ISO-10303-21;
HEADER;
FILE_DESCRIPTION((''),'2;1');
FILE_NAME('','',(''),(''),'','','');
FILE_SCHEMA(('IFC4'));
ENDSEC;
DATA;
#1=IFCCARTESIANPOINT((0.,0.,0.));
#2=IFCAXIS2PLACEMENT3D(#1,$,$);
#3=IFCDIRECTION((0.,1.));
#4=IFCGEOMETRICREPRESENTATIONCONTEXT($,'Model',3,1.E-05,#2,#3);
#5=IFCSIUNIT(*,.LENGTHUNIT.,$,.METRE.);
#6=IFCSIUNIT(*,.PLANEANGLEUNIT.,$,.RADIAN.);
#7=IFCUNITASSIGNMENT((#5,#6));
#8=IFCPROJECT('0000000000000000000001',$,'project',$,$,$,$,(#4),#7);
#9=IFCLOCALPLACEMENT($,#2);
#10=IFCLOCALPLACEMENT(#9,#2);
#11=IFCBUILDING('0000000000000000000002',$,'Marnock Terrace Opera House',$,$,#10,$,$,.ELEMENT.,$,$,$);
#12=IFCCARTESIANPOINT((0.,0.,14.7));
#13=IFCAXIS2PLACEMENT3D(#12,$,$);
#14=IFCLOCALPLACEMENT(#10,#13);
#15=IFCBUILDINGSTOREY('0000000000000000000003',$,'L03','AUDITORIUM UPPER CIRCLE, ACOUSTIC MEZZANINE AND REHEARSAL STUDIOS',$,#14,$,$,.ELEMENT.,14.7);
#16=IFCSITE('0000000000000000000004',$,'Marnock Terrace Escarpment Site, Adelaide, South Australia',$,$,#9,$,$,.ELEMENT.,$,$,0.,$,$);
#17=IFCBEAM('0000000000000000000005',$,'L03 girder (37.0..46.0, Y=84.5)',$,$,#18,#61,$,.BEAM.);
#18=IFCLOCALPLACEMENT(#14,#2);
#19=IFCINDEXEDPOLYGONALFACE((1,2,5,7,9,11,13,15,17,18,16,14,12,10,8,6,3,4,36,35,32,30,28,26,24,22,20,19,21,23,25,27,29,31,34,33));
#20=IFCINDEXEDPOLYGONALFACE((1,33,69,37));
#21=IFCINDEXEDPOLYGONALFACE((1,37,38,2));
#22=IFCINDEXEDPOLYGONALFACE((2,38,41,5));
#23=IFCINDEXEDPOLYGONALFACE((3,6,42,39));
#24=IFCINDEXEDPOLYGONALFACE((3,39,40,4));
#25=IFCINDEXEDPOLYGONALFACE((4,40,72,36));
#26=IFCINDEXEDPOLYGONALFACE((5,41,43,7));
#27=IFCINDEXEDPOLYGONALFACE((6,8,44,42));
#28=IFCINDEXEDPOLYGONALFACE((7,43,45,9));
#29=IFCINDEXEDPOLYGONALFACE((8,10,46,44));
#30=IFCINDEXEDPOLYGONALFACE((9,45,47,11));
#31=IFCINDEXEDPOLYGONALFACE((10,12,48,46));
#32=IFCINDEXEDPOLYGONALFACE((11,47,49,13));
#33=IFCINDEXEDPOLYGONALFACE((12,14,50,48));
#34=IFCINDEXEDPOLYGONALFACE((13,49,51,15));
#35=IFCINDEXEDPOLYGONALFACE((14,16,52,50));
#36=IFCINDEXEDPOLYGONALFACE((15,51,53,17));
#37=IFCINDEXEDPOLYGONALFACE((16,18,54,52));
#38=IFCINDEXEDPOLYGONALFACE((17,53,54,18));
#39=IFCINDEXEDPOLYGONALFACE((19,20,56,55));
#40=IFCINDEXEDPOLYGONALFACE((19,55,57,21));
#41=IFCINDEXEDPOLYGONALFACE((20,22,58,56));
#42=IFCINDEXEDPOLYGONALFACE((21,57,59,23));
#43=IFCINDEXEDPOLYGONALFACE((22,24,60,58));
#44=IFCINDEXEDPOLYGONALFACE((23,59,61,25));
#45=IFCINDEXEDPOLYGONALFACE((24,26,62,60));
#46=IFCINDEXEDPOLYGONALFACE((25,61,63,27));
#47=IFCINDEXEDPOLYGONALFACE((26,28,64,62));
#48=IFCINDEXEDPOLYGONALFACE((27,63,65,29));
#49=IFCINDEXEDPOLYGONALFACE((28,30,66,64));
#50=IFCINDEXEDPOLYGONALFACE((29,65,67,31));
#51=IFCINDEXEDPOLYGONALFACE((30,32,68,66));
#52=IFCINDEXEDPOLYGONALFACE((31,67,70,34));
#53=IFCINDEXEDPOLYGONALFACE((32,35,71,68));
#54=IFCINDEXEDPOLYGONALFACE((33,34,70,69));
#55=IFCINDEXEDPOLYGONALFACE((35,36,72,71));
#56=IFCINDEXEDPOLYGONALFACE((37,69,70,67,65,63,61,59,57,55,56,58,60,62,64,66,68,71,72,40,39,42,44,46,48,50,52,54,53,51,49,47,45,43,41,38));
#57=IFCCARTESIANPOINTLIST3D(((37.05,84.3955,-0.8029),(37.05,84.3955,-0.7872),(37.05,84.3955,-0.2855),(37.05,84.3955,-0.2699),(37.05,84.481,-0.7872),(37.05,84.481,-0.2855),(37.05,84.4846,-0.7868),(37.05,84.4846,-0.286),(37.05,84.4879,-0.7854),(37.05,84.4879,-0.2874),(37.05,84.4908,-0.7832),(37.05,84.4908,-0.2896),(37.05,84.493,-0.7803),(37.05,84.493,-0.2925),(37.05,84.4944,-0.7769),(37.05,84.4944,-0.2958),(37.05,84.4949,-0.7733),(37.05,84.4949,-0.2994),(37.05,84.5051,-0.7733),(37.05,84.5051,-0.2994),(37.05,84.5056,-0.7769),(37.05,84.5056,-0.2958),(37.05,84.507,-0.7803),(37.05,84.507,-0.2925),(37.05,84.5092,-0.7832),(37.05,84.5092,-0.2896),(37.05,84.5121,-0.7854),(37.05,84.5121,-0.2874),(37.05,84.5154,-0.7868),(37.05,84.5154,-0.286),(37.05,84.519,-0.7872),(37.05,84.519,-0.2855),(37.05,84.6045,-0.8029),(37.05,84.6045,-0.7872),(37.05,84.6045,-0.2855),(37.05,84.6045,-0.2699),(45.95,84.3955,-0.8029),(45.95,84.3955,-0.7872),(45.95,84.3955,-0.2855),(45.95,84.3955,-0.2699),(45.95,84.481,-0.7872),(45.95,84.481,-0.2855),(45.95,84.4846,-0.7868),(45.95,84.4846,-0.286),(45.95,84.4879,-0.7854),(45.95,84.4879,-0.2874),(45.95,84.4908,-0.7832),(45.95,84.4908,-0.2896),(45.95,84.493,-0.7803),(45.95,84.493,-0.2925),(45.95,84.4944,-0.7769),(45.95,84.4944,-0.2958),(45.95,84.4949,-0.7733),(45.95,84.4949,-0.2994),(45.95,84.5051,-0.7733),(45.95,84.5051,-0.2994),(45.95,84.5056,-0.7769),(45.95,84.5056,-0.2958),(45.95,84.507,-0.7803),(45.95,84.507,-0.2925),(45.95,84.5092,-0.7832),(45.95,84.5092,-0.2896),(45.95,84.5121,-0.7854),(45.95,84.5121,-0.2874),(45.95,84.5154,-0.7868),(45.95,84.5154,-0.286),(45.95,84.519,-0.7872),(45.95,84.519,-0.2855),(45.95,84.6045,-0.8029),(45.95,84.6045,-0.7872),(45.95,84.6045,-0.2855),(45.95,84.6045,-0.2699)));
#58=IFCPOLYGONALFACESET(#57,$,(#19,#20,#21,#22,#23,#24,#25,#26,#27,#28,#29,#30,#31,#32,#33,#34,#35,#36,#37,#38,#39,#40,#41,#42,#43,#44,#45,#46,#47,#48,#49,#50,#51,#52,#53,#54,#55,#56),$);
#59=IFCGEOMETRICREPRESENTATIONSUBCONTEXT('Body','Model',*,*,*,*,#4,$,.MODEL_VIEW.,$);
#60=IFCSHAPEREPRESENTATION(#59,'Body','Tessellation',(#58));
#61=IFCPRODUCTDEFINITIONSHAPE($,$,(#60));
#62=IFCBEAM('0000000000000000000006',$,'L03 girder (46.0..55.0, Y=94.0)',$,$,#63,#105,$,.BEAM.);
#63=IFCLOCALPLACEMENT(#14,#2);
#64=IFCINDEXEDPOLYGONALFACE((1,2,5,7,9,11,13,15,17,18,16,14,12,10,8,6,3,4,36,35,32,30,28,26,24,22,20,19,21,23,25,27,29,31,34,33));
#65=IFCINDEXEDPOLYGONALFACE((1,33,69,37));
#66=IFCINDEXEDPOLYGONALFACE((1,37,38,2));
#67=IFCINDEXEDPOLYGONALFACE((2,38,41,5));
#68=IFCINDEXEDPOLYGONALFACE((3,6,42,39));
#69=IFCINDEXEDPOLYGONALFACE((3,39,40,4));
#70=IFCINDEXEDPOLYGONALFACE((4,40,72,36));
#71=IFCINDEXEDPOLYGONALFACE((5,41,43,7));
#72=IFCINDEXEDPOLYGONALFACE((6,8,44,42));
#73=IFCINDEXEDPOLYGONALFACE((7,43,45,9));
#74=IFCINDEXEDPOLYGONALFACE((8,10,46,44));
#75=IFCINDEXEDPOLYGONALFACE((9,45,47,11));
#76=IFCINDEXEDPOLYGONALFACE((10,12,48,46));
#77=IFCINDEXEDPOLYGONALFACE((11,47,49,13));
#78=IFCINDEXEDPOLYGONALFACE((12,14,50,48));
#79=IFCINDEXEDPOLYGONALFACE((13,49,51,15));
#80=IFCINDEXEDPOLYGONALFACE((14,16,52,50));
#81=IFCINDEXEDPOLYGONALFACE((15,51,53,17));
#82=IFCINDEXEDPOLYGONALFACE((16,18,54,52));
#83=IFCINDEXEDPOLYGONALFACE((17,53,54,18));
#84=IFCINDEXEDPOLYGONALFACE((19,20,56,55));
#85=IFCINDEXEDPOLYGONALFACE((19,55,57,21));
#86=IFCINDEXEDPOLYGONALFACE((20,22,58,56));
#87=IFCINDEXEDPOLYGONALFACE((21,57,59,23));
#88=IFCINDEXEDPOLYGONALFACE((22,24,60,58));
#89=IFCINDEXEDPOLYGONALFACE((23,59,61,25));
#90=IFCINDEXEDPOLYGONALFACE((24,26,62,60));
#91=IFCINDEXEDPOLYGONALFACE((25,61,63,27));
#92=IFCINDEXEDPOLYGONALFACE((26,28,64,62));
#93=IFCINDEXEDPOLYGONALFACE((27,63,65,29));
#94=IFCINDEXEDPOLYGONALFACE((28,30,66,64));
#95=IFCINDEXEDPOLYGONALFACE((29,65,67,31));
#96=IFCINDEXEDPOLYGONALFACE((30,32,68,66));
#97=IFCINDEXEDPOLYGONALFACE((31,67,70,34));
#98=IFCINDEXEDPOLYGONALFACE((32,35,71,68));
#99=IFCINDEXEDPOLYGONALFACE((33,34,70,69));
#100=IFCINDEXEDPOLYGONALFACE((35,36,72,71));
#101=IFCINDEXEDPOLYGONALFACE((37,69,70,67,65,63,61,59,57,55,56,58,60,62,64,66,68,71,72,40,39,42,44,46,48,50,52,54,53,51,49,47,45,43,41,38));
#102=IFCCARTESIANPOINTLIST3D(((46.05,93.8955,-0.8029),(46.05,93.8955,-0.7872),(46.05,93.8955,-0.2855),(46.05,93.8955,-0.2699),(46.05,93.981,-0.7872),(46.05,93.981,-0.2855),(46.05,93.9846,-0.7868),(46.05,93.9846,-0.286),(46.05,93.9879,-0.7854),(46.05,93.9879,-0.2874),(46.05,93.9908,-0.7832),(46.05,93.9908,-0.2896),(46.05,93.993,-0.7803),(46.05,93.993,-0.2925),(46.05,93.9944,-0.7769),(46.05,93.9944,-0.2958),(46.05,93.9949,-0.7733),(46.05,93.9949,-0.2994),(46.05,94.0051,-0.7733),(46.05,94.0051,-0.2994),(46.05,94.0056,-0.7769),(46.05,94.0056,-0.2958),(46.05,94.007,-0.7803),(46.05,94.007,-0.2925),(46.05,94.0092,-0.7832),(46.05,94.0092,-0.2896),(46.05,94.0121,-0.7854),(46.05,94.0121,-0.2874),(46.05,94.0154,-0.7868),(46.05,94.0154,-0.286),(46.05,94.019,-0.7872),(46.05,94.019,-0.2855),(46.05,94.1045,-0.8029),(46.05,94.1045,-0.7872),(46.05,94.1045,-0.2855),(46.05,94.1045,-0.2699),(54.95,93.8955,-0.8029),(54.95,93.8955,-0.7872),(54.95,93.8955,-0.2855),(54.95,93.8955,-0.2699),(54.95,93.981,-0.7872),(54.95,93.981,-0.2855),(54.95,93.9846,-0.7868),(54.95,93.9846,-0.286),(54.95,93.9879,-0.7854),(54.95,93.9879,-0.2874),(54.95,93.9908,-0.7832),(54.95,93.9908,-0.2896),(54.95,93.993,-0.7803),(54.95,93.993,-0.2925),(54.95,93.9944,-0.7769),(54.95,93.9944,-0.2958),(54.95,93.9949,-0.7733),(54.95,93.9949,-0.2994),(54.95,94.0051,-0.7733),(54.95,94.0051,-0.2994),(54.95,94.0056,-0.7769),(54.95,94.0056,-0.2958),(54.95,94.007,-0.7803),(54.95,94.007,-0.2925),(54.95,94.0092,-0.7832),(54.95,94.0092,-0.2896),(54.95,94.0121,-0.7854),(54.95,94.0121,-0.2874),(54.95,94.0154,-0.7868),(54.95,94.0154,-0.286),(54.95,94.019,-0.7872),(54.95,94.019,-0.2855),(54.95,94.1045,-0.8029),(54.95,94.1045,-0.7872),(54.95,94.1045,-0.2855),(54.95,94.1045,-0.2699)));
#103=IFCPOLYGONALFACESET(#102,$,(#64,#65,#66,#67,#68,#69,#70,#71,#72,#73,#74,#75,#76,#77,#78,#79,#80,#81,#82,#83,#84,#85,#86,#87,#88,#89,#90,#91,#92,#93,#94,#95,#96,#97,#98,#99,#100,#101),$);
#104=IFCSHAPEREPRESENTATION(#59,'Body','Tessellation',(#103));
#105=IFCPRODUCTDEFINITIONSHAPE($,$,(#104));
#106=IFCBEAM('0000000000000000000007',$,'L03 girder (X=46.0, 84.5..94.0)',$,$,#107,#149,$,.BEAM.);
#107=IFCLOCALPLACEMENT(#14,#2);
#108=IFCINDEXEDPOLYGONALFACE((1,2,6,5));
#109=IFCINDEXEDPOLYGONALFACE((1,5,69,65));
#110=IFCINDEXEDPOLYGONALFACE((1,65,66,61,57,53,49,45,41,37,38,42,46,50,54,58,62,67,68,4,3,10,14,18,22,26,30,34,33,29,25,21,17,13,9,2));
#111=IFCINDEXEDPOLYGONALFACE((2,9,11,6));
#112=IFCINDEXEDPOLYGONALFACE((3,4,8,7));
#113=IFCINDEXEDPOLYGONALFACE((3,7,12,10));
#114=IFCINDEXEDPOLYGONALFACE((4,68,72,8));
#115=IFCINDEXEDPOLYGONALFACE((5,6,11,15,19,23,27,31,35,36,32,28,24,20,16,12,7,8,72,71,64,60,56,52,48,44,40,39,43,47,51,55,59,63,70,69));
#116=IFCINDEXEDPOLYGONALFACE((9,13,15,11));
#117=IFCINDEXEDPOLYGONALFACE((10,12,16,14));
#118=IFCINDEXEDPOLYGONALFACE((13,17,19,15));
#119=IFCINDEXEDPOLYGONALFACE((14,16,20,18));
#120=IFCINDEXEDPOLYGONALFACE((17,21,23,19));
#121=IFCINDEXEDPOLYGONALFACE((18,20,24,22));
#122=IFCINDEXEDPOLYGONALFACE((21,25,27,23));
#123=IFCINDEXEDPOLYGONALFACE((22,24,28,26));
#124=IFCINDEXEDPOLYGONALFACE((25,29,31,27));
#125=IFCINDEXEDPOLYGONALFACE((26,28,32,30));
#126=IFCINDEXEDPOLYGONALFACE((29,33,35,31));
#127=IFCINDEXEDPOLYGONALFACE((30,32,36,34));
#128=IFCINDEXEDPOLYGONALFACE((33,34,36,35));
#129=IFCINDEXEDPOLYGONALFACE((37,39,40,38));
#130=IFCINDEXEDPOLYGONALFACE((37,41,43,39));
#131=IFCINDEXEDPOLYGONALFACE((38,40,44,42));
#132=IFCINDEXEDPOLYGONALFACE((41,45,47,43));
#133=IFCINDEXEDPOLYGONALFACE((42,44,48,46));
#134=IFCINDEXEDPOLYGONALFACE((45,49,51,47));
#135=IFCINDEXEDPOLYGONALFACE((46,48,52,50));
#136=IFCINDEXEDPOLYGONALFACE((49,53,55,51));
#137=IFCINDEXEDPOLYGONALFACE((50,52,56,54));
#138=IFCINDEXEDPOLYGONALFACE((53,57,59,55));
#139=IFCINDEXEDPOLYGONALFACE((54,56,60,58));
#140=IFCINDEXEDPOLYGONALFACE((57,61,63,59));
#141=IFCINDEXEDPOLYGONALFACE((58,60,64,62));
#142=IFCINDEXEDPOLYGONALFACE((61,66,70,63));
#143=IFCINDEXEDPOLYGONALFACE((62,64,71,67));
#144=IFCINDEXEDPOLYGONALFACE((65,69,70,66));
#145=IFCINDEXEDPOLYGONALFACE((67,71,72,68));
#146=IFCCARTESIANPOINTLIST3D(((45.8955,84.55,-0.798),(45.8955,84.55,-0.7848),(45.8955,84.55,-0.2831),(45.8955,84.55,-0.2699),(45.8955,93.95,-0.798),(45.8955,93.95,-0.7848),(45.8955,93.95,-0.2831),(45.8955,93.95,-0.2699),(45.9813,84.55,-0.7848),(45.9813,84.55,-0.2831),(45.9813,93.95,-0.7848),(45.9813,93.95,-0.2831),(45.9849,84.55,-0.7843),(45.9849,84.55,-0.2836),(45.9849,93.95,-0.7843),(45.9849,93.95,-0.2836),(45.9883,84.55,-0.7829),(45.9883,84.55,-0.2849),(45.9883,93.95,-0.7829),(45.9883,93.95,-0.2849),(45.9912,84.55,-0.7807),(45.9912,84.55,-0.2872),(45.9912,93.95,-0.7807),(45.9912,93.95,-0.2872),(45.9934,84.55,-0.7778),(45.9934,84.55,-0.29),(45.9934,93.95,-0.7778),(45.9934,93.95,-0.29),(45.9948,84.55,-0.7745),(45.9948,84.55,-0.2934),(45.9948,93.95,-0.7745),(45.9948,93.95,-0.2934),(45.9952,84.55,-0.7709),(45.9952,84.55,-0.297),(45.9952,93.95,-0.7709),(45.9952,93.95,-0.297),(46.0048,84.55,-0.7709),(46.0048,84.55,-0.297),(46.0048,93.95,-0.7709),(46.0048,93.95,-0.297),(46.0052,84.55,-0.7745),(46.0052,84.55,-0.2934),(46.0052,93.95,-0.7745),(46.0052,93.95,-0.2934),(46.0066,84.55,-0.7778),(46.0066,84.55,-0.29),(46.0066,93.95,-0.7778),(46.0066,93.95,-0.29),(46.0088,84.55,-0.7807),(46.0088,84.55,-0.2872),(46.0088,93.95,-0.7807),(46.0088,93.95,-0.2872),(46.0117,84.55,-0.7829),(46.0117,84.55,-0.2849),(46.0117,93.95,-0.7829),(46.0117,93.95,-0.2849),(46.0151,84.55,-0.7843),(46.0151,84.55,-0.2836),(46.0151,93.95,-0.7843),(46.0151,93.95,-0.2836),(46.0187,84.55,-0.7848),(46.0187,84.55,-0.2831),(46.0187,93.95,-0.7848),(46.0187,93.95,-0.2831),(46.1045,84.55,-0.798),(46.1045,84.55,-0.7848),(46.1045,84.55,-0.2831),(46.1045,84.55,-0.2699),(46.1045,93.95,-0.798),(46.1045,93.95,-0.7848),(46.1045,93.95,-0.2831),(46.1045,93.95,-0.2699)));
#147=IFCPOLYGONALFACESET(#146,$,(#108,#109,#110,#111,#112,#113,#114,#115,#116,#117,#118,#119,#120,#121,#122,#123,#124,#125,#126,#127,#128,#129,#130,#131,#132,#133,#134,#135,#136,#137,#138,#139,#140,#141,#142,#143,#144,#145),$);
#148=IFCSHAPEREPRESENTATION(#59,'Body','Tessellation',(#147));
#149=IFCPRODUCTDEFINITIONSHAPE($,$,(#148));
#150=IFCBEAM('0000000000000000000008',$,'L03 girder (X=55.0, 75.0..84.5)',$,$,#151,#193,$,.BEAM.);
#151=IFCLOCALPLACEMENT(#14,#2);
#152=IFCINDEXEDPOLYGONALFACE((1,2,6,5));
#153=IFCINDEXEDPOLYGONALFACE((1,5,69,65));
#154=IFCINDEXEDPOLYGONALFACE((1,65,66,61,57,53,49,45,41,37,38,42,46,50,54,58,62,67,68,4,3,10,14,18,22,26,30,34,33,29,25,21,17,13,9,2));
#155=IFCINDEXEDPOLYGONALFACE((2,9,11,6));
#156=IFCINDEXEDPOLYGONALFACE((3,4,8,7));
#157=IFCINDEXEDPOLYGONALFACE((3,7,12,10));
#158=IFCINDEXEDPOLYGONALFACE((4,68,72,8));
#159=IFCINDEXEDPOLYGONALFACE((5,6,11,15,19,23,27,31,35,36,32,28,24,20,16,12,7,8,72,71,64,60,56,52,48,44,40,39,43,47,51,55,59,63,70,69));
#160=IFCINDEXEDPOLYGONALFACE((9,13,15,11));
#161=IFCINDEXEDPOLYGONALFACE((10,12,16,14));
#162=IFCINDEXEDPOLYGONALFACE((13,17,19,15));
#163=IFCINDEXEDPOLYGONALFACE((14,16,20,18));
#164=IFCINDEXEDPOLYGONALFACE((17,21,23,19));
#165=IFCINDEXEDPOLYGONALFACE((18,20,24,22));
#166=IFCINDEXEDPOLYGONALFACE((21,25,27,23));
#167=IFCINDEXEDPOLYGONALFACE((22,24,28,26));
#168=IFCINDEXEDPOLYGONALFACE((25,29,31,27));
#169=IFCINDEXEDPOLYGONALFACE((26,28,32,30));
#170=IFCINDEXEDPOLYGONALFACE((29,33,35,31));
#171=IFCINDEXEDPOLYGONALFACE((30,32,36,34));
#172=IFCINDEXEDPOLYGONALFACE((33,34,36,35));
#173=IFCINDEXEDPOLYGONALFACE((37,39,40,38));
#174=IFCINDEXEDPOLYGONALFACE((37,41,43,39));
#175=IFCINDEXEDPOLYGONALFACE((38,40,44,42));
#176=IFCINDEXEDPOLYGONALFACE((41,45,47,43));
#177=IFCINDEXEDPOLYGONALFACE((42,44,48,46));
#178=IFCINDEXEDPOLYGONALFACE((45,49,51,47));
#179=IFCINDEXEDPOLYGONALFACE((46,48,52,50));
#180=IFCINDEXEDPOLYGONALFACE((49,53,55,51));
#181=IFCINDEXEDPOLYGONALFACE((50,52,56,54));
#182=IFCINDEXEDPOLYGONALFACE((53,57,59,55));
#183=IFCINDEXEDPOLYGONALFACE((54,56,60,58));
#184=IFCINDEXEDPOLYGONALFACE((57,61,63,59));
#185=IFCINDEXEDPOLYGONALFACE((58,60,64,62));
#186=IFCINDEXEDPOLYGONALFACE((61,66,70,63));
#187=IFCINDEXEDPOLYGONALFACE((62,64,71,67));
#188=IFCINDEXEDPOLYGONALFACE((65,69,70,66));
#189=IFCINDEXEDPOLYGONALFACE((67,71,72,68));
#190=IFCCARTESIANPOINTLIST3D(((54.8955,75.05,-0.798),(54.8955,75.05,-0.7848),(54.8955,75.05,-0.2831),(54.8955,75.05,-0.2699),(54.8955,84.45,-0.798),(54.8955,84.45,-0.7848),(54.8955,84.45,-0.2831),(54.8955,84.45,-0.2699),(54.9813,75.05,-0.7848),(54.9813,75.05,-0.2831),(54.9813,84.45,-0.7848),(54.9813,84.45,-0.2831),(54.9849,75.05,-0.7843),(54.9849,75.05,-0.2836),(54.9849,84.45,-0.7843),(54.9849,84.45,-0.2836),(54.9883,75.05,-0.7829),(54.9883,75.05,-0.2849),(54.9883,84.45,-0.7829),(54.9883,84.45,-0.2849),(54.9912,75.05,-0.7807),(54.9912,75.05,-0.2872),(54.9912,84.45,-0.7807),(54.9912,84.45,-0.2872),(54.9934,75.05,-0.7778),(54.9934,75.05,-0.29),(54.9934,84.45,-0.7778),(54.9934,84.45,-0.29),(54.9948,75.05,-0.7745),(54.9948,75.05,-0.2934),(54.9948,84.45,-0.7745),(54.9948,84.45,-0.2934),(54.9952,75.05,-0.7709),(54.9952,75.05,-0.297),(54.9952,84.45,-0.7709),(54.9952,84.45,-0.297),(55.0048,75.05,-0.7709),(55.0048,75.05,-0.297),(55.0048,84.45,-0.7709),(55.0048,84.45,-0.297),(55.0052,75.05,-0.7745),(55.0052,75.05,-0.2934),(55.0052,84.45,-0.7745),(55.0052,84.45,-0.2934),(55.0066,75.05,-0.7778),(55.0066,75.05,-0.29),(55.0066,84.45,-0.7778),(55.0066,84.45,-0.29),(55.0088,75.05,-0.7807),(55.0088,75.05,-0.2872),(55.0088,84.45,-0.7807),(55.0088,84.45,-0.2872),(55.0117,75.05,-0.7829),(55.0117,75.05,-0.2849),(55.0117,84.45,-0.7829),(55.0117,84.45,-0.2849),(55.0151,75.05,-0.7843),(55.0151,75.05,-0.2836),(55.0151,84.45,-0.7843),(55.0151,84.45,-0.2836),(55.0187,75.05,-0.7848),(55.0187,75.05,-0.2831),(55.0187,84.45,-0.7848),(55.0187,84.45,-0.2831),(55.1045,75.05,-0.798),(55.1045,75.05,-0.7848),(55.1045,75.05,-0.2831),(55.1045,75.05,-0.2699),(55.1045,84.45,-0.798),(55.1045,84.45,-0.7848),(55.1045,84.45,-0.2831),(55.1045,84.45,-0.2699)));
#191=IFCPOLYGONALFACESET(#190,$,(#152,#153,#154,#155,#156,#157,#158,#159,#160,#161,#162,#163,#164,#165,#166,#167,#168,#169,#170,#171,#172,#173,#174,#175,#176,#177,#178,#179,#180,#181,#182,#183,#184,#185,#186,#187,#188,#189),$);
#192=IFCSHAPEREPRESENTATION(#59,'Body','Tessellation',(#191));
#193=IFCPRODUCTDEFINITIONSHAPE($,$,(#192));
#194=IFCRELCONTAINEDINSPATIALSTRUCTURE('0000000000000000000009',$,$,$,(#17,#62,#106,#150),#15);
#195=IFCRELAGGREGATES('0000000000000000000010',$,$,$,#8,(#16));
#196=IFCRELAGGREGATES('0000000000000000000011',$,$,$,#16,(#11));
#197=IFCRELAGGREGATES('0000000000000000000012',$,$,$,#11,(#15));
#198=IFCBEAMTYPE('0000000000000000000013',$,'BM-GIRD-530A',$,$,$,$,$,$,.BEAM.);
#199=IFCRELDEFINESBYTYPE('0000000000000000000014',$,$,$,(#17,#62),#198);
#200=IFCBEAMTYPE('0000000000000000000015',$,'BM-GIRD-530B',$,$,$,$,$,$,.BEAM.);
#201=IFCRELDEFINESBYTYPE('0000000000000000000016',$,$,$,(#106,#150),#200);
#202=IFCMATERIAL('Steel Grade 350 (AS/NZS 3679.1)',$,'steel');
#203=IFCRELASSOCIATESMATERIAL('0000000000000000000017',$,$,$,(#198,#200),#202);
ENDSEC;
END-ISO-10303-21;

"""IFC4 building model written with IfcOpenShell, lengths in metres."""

from ifc_helpers import new_model, si_unit, direction, frame, origin, origin_2d, place, context, subcontext, project, spatial, i_section, extrude, material, material_profile, profile_set, type_object, element, save


model = new_model("IFC4")

# Units and contexts
model_context = context("Model", 3, precision=1e-05, world=origin(), true_north=direction((0.0, 1.0)))
body_context = subcontext(model_context, "Body", "Model", "MODEL_VIEW")
ifc_project = project(units=[si_unit("LENGTHUNIT", "METRE"), si_unit("PLANEANGLEUNIT", "RADIAN")], contexts=[model_context])

# Site, building, storey
site_placement = place(None, origin())
site = spatial("IfcSite", under=ifc_project, at=site_placement, Name="Marnock Terrace Escarpment Site, Adelaide, South Australia", CompositionType="ELEMENT", RefElevation=0.0)
building_placement = place(site_placement, origin())
building = spatial("IfcBuilding", under=site, at=building_placement, Name="Marnock Terrace Opera House", CompositionType="ELEMENT")
storey_placement = place(building_placement, frame((0.0, 0.0, 14.7)))
storey = spatial("IfcBuildingStorey", under=building, at=storey_placement, Name="L03", Description="AUDITORIUM UPPER CIRCLE, ACOUSTIC MEZZANINE AND REHEARSAL STUDIOS", CompositionType="ELEMENT", Elevation=14.7)

# Beams
ifc_material_1 = material(Name="Steel Grade 350 (AS/NZS 3679.1)", Category="steel")
ifc_material_profile_1 = material_profile(ifc_material_1, i_section(OverallWidth=0.209, OverallDepth=0.533, WebThickness=0.0103, FlangeThickness=0.0156, FilletRadius=0.0139, at=origin_2d()))
ifc_profile_set_1 = profile_set([ifc_material_profile_1], Name="Steel Grade 350 (AS/NZS 3679.1)")
beam_type_1 = type_object("IfcBeamType", Name="BM-GIRD-530A", PredefinedType="BEAM", material=ifc_profile_set_1)
for number, where, z_axis, x_axis, name in (
    (1, (37.05, 84.5, -0.5364), (1.0, 0.0, 0.0), (0.0, 1.0, 0.0), "L03 girder (37.0..46.0, Y=84.5)"),
    (2, (46.05, 94.0, -0.5364), (1.0, 0.0, 0.0), (0.0, 1.0, 0.0), "L03 girder (46.0..55.0, Y=94.0)"),
):
    element("IfcBeam", number, at=place(storey_placement, frame(where, z_axis=z_axis, x_axis=x_axis)), inside=storey, type_object=beam_type_1, Name=name, PredefinedType="BEAM", context=body_context, shape_type="SweptSolid", body=[
        extrude(i_section(OverallWidth=0.209, OverallDepth=0.533, WebThickness=0.0103, FlangeThickness=0.0156, FilletRadius=0.0139, at=origin_2d()), origin(), (0.0, 0.0, 1.0), 8.8999),
    ])
ifc_material_profile_2 = material_profile(ifc_material_1, i_section(OverallWidth=0.209, OverallDepth=0.5281, WebThickness=0.0095, FlangeThickness=0.0132, FilletRadius=0.0139, at=origin_2d()))
ifc_profile_set_2 = profile_set([ifc_material_profile_2], Name="Steel Grade 350 (AS/NZS 3679.1)")
beam_type_2 = type_object("IfcBeamType", Name="BM-GIRD-530B", PredefinedType="BEAM", material=ifc_profile_set_2)
for number, where, z_axis, x_axis, name in (
    (3, (46.0, 84.55, -0.5339), (0.0, 1.0, 0.0), (-1.0, 0.0, 0.0), "L03 girder (X=46.0, 84.5..94.0)"),
    (4, (55.0, 75.05, -0.5339), (0.0, 1.0, 0.0), (-1.0, 0.0, 0.0), "L03 girder (X=55.0, 75.0..84.5)"),
):
    element("IfcBeam", number, at=place(storey_placement, frame(where, z_axis=z_axis, x_axis=x_axis)), inside=storey, type_object=beam_type_2, Name=name, PredefinedType="BEAM", context=body_context, shape_type="SweptSolid", body=[
        extrude(i_section(OverallWidth=0.209, OverallDepth=0.5281, WebThickness=0.0095, FlangeThickness=0.0132, FilletRadius=0.0139, at=origin_2d()), origin(), (0.0, 0.0, 1.0), 9.3999),
    ])

save(model, "model.ifc")
